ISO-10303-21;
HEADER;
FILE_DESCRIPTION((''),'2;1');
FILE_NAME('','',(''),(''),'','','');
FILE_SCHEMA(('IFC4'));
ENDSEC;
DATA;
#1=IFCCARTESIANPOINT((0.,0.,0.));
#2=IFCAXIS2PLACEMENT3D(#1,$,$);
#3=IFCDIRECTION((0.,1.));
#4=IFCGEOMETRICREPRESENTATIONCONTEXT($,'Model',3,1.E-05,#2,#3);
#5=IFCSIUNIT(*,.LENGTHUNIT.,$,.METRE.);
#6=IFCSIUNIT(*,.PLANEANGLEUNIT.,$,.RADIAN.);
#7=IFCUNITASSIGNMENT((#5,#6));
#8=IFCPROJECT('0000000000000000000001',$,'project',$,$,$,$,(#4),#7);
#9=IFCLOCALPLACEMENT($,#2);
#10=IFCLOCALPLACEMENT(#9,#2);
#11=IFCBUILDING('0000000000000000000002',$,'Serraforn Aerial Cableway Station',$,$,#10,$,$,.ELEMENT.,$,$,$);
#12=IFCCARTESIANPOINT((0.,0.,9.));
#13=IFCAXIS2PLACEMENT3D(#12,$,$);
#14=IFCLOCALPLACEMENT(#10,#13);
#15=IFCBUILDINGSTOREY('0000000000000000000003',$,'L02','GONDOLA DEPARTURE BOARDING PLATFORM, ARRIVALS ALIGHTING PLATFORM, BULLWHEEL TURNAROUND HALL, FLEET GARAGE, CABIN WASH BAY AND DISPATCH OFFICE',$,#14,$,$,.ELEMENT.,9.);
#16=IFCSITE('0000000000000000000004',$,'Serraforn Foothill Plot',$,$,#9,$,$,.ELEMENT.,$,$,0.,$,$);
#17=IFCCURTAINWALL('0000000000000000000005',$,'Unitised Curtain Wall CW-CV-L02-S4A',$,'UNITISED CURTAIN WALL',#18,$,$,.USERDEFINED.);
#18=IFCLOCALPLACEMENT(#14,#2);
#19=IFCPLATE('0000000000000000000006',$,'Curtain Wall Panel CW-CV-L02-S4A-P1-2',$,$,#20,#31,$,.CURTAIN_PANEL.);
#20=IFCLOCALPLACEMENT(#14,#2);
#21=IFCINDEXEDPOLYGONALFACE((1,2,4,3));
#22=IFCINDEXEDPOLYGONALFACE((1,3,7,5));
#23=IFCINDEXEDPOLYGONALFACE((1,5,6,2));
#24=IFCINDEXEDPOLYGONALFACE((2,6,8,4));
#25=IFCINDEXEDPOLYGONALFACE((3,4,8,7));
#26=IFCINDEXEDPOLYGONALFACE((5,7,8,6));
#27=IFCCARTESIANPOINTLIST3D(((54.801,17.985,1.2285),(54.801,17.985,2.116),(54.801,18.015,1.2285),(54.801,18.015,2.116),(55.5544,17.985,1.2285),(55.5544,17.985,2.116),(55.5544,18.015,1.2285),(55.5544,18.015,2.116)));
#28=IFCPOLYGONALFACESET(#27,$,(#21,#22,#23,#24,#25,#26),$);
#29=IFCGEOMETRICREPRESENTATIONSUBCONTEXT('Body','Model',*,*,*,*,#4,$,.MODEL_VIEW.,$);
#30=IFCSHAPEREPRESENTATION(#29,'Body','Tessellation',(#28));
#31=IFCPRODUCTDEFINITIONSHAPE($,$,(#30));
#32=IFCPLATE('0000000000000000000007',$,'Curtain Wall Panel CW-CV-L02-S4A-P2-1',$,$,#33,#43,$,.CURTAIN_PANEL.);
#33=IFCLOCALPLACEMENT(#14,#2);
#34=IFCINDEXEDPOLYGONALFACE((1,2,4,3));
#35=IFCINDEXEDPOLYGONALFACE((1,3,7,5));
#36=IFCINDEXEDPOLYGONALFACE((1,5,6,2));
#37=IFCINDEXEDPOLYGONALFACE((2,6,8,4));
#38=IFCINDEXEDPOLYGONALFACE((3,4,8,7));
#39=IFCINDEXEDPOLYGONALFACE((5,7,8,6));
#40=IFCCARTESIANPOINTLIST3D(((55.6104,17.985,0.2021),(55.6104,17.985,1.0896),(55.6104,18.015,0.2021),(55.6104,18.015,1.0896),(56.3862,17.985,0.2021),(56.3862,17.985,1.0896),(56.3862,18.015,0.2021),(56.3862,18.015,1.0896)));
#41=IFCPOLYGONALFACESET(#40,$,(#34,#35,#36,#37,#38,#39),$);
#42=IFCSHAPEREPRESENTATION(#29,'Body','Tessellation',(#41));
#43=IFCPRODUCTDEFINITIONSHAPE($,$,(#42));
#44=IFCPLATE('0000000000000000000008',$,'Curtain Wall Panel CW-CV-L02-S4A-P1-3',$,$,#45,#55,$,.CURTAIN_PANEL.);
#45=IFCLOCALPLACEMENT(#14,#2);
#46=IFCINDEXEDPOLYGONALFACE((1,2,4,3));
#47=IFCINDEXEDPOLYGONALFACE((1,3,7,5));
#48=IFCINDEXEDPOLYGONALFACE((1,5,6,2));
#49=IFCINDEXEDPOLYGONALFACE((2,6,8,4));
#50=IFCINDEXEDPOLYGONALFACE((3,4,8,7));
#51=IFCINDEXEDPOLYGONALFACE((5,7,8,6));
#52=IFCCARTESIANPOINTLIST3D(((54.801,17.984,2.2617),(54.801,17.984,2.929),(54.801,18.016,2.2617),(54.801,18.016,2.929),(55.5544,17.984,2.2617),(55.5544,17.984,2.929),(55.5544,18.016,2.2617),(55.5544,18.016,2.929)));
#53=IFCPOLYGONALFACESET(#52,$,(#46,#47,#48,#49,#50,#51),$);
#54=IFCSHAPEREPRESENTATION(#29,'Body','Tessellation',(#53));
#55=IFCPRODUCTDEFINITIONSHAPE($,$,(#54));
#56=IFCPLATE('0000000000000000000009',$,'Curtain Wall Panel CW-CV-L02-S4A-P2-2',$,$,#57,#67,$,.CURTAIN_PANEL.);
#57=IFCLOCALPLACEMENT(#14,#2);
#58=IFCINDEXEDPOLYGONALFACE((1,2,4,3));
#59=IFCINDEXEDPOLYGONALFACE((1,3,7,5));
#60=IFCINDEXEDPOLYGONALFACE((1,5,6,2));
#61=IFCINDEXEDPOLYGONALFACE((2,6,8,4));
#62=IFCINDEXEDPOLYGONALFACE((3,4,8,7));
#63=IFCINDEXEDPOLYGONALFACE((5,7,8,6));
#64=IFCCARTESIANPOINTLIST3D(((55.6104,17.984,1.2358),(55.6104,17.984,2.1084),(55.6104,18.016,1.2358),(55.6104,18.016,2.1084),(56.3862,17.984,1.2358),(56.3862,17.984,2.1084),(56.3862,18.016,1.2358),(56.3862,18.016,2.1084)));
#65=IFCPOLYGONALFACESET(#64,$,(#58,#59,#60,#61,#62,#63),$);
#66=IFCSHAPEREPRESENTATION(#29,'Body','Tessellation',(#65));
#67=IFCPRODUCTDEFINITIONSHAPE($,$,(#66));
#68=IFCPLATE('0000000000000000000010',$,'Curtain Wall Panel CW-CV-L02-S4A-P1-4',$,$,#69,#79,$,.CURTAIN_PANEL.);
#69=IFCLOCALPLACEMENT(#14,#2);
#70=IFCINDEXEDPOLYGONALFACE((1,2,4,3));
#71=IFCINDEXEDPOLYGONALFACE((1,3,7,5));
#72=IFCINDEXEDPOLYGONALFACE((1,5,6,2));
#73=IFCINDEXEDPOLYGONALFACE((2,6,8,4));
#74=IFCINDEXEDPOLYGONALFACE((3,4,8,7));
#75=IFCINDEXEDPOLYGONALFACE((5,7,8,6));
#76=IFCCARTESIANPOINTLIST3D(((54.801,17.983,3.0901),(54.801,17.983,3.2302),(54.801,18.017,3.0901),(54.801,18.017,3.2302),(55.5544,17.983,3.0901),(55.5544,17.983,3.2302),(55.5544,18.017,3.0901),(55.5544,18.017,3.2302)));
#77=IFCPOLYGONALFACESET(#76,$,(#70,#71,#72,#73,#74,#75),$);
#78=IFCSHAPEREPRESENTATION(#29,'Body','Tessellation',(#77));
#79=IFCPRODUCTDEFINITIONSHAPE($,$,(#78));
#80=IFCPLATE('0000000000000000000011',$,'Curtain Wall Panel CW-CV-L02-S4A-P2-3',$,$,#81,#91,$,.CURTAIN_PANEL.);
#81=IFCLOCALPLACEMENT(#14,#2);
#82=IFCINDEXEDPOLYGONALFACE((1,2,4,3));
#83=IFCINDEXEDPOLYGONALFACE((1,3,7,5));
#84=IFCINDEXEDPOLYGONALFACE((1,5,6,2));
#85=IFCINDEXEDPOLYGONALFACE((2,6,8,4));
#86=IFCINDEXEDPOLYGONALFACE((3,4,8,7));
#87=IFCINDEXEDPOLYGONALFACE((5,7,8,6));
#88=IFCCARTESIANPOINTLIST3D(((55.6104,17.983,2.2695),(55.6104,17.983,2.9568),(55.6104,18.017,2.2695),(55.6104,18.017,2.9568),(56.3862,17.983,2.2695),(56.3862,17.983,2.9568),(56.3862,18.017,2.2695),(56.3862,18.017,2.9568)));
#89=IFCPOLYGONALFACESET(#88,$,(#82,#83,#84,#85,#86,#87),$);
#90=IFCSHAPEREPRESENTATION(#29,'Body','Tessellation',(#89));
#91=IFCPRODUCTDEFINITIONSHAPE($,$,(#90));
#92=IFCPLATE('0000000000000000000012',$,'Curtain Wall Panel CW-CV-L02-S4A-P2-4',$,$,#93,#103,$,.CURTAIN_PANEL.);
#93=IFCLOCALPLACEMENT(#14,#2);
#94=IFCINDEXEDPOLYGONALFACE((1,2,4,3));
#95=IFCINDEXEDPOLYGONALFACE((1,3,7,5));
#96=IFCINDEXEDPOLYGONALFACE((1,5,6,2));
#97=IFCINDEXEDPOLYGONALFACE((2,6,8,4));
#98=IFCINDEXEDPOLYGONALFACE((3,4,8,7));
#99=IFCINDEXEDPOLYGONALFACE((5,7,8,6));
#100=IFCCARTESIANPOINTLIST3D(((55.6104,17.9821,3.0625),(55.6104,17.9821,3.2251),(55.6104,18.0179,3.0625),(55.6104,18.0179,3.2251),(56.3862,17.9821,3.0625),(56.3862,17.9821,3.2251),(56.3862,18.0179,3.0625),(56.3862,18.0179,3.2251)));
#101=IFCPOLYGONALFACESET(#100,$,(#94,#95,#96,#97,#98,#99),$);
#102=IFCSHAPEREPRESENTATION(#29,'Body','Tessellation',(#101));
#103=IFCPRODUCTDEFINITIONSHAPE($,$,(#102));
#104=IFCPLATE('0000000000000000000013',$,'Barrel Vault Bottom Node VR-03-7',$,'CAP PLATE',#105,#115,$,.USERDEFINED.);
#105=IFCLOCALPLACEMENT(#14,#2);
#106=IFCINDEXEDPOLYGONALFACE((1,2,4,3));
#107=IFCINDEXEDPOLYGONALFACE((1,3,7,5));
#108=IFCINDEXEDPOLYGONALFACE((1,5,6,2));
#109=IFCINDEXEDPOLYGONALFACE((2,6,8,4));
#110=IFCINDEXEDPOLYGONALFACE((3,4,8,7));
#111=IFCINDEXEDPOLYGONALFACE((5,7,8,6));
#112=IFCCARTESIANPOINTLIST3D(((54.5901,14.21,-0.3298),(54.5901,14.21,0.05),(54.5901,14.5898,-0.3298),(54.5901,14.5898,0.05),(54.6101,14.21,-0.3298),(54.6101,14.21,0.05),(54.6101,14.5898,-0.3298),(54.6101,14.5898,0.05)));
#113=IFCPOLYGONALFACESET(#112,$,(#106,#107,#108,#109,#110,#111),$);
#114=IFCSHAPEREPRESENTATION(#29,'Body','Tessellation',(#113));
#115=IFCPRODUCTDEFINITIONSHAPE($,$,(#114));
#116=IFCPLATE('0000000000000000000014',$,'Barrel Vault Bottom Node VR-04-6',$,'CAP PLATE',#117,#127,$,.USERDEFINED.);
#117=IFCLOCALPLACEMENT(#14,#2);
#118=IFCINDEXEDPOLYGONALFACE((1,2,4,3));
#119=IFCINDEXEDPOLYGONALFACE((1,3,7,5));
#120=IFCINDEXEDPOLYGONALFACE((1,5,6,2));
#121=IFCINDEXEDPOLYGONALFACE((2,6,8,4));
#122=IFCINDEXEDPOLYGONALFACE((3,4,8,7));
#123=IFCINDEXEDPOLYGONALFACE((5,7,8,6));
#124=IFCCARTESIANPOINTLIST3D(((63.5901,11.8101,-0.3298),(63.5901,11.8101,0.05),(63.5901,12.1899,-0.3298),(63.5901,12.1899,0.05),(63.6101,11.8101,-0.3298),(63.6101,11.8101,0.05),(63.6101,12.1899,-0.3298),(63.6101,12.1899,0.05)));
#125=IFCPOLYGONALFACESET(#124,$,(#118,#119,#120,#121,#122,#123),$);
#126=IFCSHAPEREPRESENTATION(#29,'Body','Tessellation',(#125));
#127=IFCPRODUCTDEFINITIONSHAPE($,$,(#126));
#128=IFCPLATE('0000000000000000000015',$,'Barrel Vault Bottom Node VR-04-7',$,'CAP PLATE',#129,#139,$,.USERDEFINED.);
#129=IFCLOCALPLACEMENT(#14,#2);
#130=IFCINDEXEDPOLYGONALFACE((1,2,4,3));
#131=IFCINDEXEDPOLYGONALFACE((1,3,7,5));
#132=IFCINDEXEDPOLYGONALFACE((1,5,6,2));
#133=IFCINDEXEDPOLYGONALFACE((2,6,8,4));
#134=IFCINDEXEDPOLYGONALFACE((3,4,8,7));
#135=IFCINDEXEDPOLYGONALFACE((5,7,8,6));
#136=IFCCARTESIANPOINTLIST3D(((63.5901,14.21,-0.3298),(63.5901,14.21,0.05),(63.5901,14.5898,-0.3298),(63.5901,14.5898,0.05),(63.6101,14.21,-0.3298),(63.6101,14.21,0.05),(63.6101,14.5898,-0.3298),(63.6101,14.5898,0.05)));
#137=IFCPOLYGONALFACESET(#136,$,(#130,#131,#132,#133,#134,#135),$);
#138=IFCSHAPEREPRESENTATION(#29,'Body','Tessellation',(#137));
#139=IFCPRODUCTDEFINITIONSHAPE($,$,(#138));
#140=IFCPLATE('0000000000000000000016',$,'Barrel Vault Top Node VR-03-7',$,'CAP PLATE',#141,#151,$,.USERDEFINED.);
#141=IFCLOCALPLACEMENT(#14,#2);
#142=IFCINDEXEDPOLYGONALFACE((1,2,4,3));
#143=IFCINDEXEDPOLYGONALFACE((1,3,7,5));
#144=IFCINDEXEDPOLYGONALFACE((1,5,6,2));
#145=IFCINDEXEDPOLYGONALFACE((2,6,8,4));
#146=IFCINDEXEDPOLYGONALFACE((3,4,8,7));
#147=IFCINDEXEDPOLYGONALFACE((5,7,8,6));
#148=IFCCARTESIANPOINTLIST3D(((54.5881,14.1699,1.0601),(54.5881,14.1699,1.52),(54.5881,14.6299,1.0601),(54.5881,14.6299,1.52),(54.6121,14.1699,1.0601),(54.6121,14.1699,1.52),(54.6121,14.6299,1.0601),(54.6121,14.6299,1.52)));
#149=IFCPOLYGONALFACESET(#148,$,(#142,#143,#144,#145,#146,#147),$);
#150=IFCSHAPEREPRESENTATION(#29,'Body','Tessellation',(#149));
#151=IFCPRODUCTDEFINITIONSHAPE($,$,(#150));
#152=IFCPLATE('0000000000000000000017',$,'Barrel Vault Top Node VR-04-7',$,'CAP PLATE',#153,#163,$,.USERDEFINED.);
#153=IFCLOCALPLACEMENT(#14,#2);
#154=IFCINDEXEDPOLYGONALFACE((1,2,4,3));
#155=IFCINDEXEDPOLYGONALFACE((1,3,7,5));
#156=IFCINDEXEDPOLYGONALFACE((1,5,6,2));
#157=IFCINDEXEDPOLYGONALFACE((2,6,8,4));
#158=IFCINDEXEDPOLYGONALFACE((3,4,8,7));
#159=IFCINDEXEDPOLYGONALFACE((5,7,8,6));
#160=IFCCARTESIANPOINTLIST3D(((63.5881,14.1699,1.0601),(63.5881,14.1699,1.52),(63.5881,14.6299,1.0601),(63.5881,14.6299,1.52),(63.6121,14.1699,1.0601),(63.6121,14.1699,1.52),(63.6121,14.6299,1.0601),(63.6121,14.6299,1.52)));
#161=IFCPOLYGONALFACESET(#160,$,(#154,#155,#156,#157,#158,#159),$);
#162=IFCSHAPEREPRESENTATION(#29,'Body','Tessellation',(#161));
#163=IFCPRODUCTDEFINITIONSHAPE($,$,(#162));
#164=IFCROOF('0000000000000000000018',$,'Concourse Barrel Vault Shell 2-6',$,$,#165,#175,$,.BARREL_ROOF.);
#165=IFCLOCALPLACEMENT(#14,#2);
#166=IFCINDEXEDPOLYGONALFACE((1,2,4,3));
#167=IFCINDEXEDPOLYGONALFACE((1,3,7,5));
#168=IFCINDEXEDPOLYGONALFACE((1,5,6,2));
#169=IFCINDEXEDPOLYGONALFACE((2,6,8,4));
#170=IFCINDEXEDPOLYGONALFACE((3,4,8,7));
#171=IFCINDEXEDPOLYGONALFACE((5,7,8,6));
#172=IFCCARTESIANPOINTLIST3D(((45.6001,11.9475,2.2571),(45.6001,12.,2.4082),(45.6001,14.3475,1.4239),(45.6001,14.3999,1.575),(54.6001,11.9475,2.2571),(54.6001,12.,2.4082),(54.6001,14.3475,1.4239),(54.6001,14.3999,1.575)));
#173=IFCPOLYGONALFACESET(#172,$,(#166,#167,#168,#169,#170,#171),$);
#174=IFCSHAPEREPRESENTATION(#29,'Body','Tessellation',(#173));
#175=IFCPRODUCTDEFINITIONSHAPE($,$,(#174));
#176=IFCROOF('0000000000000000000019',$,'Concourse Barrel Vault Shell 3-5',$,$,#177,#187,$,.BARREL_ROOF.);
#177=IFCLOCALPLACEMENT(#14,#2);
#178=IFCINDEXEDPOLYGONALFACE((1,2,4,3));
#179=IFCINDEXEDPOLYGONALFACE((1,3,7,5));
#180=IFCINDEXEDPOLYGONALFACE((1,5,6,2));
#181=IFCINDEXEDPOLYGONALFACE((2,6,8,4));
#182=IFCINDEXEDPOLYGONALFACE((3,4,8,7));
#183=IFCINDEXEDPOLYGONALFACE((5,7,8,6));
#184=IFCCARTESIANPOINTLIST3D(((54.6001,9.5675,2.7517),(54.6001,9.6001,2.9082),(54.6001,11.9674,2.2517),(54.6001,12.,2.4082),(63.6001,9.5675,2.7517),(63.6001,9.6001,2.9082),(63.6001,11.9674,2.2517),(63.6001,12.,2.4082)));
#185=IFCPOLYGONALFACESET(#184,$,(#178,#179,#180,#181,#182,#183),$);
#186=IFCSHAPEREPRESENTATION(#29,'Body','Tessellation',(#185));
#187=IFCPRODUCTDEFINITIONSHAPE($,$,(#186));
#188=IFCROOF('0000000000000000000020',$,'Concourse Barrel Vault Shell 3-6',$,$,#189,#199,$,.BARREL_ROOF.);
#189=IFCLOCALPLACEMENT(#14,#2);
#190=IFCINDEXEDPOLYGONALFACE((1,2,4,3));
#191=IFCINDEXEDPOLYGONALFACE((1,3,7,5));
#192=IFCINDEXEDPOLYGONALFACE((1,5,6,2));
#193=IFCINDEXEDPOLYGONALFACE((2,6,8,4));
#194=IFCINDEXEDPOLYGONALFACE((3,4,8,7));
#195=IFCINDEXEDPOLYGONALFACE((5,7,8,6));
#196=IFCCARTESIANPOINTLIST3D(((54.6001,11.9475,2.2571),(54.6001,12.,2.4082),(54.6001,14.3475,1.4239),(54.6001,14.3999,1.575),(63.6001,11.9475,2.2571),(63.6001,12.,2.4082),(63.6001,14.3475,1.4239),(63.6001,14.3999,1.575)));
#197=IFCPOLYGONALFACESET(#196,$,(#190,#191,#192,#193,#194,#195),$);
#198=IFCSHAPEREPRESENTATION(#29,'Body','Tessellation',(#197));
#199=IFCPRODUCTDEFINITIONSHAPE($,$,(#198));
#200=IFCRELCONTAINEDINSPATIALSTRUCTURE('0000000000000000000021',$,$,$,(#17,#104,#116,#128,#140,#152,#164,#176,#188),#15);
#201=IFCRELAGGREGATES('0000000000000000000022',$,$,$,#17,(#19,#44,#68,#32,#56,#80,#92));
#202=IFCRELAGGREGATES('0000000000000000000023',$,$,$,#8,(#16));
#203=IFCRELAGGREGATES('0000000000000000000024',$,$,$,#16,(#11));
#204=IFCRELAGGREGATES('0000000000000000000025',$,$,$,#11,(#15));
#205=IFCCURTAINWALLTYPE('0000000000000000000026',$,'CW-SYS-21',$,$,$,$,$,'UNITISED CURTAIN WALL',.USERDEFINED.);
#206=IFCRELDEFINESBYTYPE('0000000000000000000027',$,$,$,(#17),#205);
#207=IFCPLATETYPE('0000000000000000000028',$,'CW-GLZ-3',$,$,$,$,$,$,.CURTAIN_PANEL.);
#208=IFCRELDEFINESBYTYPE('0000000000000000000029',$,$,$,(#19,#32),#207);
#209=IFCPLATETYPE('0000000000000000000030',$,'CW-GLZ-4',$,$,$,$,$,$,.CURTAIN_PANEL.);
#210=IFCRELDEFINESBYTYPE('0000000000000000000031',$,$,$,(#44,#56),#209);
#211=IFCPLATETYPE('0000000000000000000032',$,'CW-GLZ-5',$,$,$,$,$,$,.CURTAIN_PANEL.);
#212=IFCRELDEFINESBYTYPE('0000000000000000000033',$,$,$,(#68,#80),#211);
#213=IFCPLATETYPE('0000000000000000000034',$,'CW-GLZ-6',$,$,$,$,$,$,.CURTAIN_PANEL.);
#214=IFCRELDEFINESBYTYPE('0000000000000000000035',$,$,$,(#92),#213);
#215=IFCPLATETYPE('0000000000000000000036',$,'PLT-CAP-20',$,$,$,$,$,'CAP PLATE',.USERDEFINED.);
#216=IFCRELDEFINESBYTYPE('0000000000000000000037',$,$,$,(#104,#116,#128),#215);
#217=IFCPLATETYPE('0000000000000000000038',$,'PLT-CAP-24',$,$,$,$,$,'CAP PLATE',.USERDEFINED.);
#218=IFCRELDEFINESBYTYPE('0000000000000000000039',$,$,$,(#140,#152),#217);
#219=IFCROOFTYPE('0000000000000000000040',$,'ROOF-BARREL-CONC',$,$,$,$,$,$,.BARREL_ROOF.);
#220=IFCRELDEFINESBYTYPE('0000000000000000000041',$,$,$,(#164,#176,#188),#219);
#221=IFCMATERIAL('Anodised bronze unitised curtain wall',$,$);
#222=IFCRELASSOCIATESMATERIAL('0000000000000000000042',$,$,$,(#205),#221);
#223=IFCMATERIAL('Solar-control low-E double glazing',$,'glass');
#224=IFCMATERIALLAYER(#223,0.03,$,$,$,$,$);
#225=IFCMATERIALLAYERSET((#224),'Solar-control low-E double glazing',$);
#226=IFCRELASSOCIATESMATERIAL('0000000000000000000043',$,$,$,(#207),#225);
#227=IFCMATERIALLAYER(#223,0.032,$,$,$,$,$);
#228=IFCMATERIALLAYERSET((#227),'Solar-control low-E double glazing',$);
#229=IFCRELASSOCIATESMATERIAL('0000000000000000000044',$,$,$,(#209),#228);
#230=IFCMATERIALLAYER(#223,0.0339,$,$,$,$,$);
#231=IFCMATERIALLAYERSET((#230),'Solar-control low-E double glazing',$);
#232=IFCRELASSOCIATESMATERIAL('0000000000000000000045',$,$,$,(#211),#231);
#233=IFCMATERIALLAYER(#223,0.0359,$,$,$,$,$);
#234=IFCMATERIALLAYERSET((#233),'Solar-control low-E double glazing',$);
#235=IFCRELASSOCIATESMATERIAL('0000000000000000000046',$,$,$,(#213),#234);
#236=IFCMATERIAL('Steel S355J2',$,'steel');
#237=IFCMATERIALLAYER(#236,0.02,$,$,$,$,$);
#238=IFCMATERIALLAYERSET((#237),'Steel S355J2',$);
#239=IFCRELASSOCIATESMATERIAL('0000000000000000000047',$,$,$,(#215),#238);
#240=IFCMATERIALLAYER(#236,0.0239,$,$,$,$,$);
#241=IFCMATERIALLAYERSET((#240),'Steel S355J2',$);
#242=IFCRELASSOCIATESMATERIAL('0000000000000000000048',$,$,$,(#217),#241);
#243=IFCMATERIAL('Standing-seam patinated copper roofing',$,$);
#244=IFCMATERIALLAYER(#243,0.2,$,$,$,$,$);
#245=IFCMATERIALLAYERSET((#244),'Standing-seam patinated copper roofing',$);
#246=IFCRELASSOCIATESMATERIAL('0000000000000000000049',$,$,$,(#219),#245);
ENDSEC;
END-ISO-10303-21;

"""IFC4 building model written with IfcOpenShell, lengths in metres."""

from ifc_helpers import new_model, si_unit, direction, frame, origin, origin_2d, place, context, subcontext, project, spatial, polyline, rectangle, outline, extrude, material, layer, layer_set, type_object, element, aggregate, save


model = new_model("IFC4")

# Units and contexts
model_context = context("Model", 3, precision=1e-05, world=origin(), true_north=direction((0.0, 1.0)))
body_context = subcontext(model_context, "Body", "Model", "MODEL_VIEW")
ifc_project = project(units=[si_unit("LENGTHUNIT", "METRE"), si_unit("PLANEANGLEUNIT", "RADIAN")], contexts=[model_context])

# Site, building, storey
site_placement = place(None, origin())
site = spatial("IfcSite", under=ifc_project, at=site_placement, Name="Serraforn Foothill Plot", CompositionType="ELEMENT", RefElevation=0.0)
building_placement = place(site_placement, origin())
building = spatial("IfcBuilding", under=site, at=building_placement, Name="Serraforn Aerial Cableway Station", CompositionType="ELEMENT")
storey_placement = place(building_placement, frame((0.0, 0.0, 9.0)))
storey = spatial("IfcBuildingStorey", under=building, at=storey_placement, Name="L02", Description="GONDOLA DEPARTURE BOARDING PLATFORM, ARRIVALS ALIGHTING PLATFORM, BULLWHEEL TURNAROUND HALL, FLEET GARAGE, CABIN WASH BAY AND DISPATCH OFFICE", CompositionType="ELEMENT", Elevation=9.0)

# Shared definitions
ifc_material_1 = material(Name="Steel S355J2", Category="steel")

# Curtain wall
ifc_material_2 = material(Name="Anodised bronze unitised curtain wall")
curtain_wall_type = type_object("IfcCurtainWallType", Name="CW-SYS-21", ElementType="UNITISED CURTAIN WALL", PredefinedType="USERDEFINED", material=ifc_material_2)
curtain_wall_placement = place(storey_placement, origin())
curtain_wall = element("IfcCurtainWall", 1, at=curtain_wall_placement, inside=storey, type_object=curtain_wall_type, Name="Unitised Curtain Wall CW-CV-L02-S4A", ObjectType="UNITISED CURTAIN WALL", PredefinedType="USERDEFINED")

# Plates
ifc_material_3 = material(Name="Solar-control low-E double glazing", Category="glass")
ifc_layer_1 = layer(ifc_material_3, 0.03)
ifc_layer_set_1 = layer_set([ifc_layer_1], Name="Solar-control low-E double glazing")
plate_type_1 = type_object("IfcPlateType", Name="CW-GLZ-3", PredefinedType="CURTAIN_PANEL", material=ifc_layer_set_1)
plate_1_placement = place(storey_placement, frame((55.1777, 18.0, 1.2285), z_axis=(0.0, 0.0, 1.0), x_axis=(1.0, 0.0, 0.0)))
plate_1 = element("IfcPlate", 2, at=plate_1_placement, type_object=plate_type_1, Name="Curtain Wall Panel CW-CV-L02-S4A-P1-2", PredefinedType="CURTAIN_PANEL", context=body_context, shape_type="SweptSolid", body=[
    extrude(rectangle(XDim=0.7534, YDim=0.03, at=origin_2d()), origin(), (0.0, 0.0, 1.0), 0.8875),
])
plate_2_placement = place(storey_placement, frame((55.9983, 18.0, 0.2021), z_axis=(0.0, 0.0, 1.0), x_axis=(1.0, 0.0, 0.0)))
plate_2 = element("IfcPlate", 3, at=plate_2_placement, type_object=plate_type_1, Name="Curtain Wall Panel CW-CV-L02-S4A-P2-1", PredefinedType="CURTAIN_PANEL", context=body_context, shape_type="SweptSolid", body=[
    extrude(rectangle(XDim=0.7759, YDim=0.03, at=origin_2d()), origin(), (0.0, 0.0, 1.0), 0.8875),
])
ifc_layer_2 = layer(ifc_material_3, 0.032)
ifc_layer_set_2 = layer_set([ifc_layer_2], Name="Solar-control low-E double glazing")
plate_type_2 = type_object("IfcPlateType", Name="CW-GLZ-4", PredefinedType="CURTAIN_PANEL", material=ifc_layer_set_2)
plate_3_placement = place(storey_placement, frame((55.1777, 18.0, 2.2617), z_axis=(0.0, 0.0, 1.0), x_axis=(1.0, 0.0, 0.0)))
plate_3 = element("IfcPlate", 4, at=plate_3_placement, type_object=plate_type_2, Name="Curtain Wall Panel CW-CV-L02-S4A-P1-3", PredefinedType="CURTAIN_PANEL", context=body_context, shape_type="SweptSolid", body=[
    extrude(rectangle(XDim=0.7534, YDim=0.032, at=origin_2d()), origin(), (0.0, 0.0, 1.0), 0.6672),
])
plate_4_placement = place(storey_placement, frame((55.9983, 18.0, 1.2358), z_axis=(0.0, 0.0, 1.0), x_axis=(1.0, 0.0, 0.0)))
plate_4 = element("IfcPlate", 5, at=plate_4_placement, type_object=plate_type_2, Name="Curtain Wall Panel CW-CV-L02-S4A-P2-2", PredefinedType="CURTAIN_PANEL", context=body_context, shape_type="SweptSolid", body=[
    extrude(rectangle(XDim=0.7759, YDim=0.032, at=origin_2d()), origin(), (0.0, 0.0, 1.0), 0.8726),
])
ifc_layer_3 = layer(ifc_material_3, 0.0339)
ifc_layer_set_3 = layer_set([ifc_layer_3], Name="Solar-control low-E double glazing")
plate_type_3 = type_object("IfcPlateType", Name="CW-GLZ-5", PredefinedType="CURTAIN_PANEL", material=ifc_layer_set_3)
plate_5_placement = place(storey_placement, frame((55.1777, 18.0, 3.0901), z_axis=(0.0, 0.0, 1.0), x_axis=(1.0, 0.0, 0.0)))
plate_5 = element("IfcPlate", 6, at=plate_5_placement, type_object=plate_type_3, Name="Curtain Wall Panel CW-CV-L02-S4A-P1-4", PredefinedType="CURTAIN_PANEL", context=body_context, shape_type="SweptSolid", body=[
    extrude(rectangle(XDim=0.7534, YDim=0.0339, at=origin_2d()), origin(), (0.0, 0.0, 1.0), 0.1401),
])
plate_6_placement = place(storey_placement, frame((55.9983, 18.0, 2.2695), z_axis=(0.0, 0.0, 1.0), x_axis=(1.0, 0.0, 0.0)))
plate_6 = element("IfcPlate", 7, at=plate_6_placement, type_object=plate_type_3, Name="Curtain Wall Panel CW-CV-L02-S4A-P2-3", PredefinedType="CURTAIN_PANEL", context=body_context, shape_type="SweptSolid", body=[
    extrude(rectangle(XDim=0.7759, YDim=0.0339, at=origin_2d()), origin(), (0.0, 0.0, 1.0), 0.6873),
])
ifc_layer_4 = layer(ifc_material_3, 0.0359)
ifc_layer_set_4 = layer_set([ifc_layer_4], Name="Solar-control low-E double glazing")
plate_type_4 = type_object("IfcPlateType", Name="CW-GLZ-6", PredefinedType="CURTAIN_PANEL", material=ifc_layer_set_4)
plate_7_placement = place(storey_placement, frame((55.9983, 18.0, 3.0625), z_axis=(0.0, 0.0, 1.0), x_axis=(1.0, 0.0, 0.0)))
plate_7 = element("IfcPlate", 8, at=plate_7_placement, type_object=plate_type_4, Name="Curtain Wall Panel CW-CV-L02-S4A-P2-4", PredefinedType="CURTAIN_PANEL", context=body_context, shape_type="SweptSolid", body=[
    extrude(rectangle(XDim=0.7759, YDim=0.0359, at=origin_2d()), origin(), (0.0, 0.0, 1.0), 0.1626),
])
aggregate(curtain_wall, [plate_1, plate_3, plate_5, plate_2, plate_4, plate_6, plate_7])

# Plates
ifc_layer_5 = layer(ifc_material_1, 0.02)
ifc_layer_set_5 = layer_set([ifc_layer_5], Name="Steel S355J2")
plate_type_5 = type_object("IfcPlateType", Name="PLT-CAP-20", ElementType="CAP PLATE", PredefinedType="USERDEFINED", material=ifc_layer_set_5)
for number, where, z_axis, x_axis, name in (
    (9, (54.6001, 14.3999, -0.3298), (0.0, 0.0, 1.0), (1.0, 0.0, 0.0), "Barrel Vault Bottom Node VR-03-7"),
    (10, (63.6001, 12.0, -0.3298), (0.0, 0.0, 1.0), (1.0, 0.0, 0.0), "Barrel Vault Bottom Node VR-04-6"),
    (11, (63.6001, 14.3999, -0.3298), (0.0, 0.0, 1.0), (1.0, 0.0, 0.0), "Barrel Vault Bottom Node VR-04-7"),
):
    element("IfcPlate", number, at=place(storey_placement, frame(where, z_axis=z_axis, x_axis=x_axis)), inside=storey, type_object=plate_type_5, Name=name, ObjectType="CAP PLATE", PredefinedType="USERDEFINED", context=body_context, shape_type="SweptSolid", body=[
        extrude(rectangle(XDim=0.02, YDim=0.3799, at=origin_2d()), origin(), (0.0, 0.0, 1.0), 0.3799),
    ])
ifc_layer_6 = layer(ifc_material_1, 0.0239)
ifc_layer_set_6 = layer_set([ifc_layer_6], Name="Steel S355J2")
plate_type_6 = type_object("IfcPlateType", Name="PLT-CAP-24", ElementType="CAP PLATE", PredefinedType="USERDEFINED", material=ifc_layer_set_6)
for number, where, z_axis, x_axis, name in (
    (12, (54.6001, 14.3999, 1.0601), (0.0, 0.0, 1.0), (1.0, 0.0, 0.0), "Barrel Vault Top Node VR-03-7"),
    (13, (63.6001, 14.3999, 1.0601), (0.0, 0.0, 1.0), (1.0, 0.0, 0.0), "Barrel Vault Top Node VR-04-7"),
):
    element("IfcPlate", number, at=place(storey_placement, frame(where, z_axis=z_axis, x_axis=x_axis)), inside=storey, type_object=plate_type_6, Name=name, ObjectType="CAP PLATE", PredefinedType="USERDEFINED", context=body_context, shape_type="SweptSolid", body=[
        extrude(rectangle(XDim=0.0239, YDim=0.46, at=origin_2d()), origin(), (0.0, 0.0, 1.0), 0.46),
    ])

# Roofs
ifc_material_4 = material(Name="Standing-seam patinated copper roofing")
ifc_layer_7 = layer(ifc_material_4, 0.2)
ifc_layer_set_7 = layer_set([ifc_layer_7], Name="Standing-seam patinated copper roofing")
roof_type = type_object("IfcRoofType", Name="ROOF-BARREL-CONC", PredefinedType="BARREL_ROOF", material=ifc_layer_set_7)
roof_1_placement = place(storey_placement, frame((54.6001, 14.3999, 1.575), z_axis=(0.0, 0.327995, 0.944679), x_axis=(-1.0, 0.0, 0.0)))
element("IfcRoof", 14, at=roof_1_placement, inside=storey, type_object=roof_type, Name="Concourse Barrel Vault Shell 2-6", PredefinedType="BARREL_ROOF", context=body_context, shape_type="SweptSolid", body=[
    extrude(outline(polyline([(0.0, 0.0), (9.0, 0.0), (9.0, 2.5404), (0.0, 2.5404), (0.0, 0.0)])), origin(), (0.0, 0.0, -1.0), 0.1599),
])
roof_2_placement = place(storey_placement, frame((63.6001, 12.0, 2.4082), z_axis=(0.0, 0.203962, 0.978979), x_axis=(-1.0, 0.0, 0.0)))
element("IfcRoof", 15, at=roof_2_placement, inside=storey, type_object=roof_type, Name="Concourse Barrel Vault Shell 3-5", PredefinedType="BARREL_ROOF", context=body_context, shape_type="SweptSolid", body=[
    extrude(outline(polyline([(0.0, 0.0), (9.0, 0.0), (9.0, 2.4514), (0.0, 2.4514), (0.0, 0.0)])), origin(), (0.0, 0.0, -1.0), 0.1599),
])
roof_3_placement = place(storey_placement, frame((63.6001, 14.3999, 1.575), z_axis=(0.0, 0.327995, 0.944679), x_axis=(-1.0, 0.0, 0.0)))
element("IfcRoof", 16, at=roof_3_placement, inside=storey, type_object=roof_type, Name="Concourse Barrel Vault Shell 3-6", PredefinedType="BARREL_ROOF", context=body_context, shape_type="SweptSolid", body=[
    extrude(outline(polyline([(0.0, 0.0), (9.0, 0.0), (9.0, 2.5404), (0.0, 2.5404), (0.0, 0.0)])), origin(), (0.0, 0.0, -1.0), 0.1599),
])

save(model, "model.ifc")
